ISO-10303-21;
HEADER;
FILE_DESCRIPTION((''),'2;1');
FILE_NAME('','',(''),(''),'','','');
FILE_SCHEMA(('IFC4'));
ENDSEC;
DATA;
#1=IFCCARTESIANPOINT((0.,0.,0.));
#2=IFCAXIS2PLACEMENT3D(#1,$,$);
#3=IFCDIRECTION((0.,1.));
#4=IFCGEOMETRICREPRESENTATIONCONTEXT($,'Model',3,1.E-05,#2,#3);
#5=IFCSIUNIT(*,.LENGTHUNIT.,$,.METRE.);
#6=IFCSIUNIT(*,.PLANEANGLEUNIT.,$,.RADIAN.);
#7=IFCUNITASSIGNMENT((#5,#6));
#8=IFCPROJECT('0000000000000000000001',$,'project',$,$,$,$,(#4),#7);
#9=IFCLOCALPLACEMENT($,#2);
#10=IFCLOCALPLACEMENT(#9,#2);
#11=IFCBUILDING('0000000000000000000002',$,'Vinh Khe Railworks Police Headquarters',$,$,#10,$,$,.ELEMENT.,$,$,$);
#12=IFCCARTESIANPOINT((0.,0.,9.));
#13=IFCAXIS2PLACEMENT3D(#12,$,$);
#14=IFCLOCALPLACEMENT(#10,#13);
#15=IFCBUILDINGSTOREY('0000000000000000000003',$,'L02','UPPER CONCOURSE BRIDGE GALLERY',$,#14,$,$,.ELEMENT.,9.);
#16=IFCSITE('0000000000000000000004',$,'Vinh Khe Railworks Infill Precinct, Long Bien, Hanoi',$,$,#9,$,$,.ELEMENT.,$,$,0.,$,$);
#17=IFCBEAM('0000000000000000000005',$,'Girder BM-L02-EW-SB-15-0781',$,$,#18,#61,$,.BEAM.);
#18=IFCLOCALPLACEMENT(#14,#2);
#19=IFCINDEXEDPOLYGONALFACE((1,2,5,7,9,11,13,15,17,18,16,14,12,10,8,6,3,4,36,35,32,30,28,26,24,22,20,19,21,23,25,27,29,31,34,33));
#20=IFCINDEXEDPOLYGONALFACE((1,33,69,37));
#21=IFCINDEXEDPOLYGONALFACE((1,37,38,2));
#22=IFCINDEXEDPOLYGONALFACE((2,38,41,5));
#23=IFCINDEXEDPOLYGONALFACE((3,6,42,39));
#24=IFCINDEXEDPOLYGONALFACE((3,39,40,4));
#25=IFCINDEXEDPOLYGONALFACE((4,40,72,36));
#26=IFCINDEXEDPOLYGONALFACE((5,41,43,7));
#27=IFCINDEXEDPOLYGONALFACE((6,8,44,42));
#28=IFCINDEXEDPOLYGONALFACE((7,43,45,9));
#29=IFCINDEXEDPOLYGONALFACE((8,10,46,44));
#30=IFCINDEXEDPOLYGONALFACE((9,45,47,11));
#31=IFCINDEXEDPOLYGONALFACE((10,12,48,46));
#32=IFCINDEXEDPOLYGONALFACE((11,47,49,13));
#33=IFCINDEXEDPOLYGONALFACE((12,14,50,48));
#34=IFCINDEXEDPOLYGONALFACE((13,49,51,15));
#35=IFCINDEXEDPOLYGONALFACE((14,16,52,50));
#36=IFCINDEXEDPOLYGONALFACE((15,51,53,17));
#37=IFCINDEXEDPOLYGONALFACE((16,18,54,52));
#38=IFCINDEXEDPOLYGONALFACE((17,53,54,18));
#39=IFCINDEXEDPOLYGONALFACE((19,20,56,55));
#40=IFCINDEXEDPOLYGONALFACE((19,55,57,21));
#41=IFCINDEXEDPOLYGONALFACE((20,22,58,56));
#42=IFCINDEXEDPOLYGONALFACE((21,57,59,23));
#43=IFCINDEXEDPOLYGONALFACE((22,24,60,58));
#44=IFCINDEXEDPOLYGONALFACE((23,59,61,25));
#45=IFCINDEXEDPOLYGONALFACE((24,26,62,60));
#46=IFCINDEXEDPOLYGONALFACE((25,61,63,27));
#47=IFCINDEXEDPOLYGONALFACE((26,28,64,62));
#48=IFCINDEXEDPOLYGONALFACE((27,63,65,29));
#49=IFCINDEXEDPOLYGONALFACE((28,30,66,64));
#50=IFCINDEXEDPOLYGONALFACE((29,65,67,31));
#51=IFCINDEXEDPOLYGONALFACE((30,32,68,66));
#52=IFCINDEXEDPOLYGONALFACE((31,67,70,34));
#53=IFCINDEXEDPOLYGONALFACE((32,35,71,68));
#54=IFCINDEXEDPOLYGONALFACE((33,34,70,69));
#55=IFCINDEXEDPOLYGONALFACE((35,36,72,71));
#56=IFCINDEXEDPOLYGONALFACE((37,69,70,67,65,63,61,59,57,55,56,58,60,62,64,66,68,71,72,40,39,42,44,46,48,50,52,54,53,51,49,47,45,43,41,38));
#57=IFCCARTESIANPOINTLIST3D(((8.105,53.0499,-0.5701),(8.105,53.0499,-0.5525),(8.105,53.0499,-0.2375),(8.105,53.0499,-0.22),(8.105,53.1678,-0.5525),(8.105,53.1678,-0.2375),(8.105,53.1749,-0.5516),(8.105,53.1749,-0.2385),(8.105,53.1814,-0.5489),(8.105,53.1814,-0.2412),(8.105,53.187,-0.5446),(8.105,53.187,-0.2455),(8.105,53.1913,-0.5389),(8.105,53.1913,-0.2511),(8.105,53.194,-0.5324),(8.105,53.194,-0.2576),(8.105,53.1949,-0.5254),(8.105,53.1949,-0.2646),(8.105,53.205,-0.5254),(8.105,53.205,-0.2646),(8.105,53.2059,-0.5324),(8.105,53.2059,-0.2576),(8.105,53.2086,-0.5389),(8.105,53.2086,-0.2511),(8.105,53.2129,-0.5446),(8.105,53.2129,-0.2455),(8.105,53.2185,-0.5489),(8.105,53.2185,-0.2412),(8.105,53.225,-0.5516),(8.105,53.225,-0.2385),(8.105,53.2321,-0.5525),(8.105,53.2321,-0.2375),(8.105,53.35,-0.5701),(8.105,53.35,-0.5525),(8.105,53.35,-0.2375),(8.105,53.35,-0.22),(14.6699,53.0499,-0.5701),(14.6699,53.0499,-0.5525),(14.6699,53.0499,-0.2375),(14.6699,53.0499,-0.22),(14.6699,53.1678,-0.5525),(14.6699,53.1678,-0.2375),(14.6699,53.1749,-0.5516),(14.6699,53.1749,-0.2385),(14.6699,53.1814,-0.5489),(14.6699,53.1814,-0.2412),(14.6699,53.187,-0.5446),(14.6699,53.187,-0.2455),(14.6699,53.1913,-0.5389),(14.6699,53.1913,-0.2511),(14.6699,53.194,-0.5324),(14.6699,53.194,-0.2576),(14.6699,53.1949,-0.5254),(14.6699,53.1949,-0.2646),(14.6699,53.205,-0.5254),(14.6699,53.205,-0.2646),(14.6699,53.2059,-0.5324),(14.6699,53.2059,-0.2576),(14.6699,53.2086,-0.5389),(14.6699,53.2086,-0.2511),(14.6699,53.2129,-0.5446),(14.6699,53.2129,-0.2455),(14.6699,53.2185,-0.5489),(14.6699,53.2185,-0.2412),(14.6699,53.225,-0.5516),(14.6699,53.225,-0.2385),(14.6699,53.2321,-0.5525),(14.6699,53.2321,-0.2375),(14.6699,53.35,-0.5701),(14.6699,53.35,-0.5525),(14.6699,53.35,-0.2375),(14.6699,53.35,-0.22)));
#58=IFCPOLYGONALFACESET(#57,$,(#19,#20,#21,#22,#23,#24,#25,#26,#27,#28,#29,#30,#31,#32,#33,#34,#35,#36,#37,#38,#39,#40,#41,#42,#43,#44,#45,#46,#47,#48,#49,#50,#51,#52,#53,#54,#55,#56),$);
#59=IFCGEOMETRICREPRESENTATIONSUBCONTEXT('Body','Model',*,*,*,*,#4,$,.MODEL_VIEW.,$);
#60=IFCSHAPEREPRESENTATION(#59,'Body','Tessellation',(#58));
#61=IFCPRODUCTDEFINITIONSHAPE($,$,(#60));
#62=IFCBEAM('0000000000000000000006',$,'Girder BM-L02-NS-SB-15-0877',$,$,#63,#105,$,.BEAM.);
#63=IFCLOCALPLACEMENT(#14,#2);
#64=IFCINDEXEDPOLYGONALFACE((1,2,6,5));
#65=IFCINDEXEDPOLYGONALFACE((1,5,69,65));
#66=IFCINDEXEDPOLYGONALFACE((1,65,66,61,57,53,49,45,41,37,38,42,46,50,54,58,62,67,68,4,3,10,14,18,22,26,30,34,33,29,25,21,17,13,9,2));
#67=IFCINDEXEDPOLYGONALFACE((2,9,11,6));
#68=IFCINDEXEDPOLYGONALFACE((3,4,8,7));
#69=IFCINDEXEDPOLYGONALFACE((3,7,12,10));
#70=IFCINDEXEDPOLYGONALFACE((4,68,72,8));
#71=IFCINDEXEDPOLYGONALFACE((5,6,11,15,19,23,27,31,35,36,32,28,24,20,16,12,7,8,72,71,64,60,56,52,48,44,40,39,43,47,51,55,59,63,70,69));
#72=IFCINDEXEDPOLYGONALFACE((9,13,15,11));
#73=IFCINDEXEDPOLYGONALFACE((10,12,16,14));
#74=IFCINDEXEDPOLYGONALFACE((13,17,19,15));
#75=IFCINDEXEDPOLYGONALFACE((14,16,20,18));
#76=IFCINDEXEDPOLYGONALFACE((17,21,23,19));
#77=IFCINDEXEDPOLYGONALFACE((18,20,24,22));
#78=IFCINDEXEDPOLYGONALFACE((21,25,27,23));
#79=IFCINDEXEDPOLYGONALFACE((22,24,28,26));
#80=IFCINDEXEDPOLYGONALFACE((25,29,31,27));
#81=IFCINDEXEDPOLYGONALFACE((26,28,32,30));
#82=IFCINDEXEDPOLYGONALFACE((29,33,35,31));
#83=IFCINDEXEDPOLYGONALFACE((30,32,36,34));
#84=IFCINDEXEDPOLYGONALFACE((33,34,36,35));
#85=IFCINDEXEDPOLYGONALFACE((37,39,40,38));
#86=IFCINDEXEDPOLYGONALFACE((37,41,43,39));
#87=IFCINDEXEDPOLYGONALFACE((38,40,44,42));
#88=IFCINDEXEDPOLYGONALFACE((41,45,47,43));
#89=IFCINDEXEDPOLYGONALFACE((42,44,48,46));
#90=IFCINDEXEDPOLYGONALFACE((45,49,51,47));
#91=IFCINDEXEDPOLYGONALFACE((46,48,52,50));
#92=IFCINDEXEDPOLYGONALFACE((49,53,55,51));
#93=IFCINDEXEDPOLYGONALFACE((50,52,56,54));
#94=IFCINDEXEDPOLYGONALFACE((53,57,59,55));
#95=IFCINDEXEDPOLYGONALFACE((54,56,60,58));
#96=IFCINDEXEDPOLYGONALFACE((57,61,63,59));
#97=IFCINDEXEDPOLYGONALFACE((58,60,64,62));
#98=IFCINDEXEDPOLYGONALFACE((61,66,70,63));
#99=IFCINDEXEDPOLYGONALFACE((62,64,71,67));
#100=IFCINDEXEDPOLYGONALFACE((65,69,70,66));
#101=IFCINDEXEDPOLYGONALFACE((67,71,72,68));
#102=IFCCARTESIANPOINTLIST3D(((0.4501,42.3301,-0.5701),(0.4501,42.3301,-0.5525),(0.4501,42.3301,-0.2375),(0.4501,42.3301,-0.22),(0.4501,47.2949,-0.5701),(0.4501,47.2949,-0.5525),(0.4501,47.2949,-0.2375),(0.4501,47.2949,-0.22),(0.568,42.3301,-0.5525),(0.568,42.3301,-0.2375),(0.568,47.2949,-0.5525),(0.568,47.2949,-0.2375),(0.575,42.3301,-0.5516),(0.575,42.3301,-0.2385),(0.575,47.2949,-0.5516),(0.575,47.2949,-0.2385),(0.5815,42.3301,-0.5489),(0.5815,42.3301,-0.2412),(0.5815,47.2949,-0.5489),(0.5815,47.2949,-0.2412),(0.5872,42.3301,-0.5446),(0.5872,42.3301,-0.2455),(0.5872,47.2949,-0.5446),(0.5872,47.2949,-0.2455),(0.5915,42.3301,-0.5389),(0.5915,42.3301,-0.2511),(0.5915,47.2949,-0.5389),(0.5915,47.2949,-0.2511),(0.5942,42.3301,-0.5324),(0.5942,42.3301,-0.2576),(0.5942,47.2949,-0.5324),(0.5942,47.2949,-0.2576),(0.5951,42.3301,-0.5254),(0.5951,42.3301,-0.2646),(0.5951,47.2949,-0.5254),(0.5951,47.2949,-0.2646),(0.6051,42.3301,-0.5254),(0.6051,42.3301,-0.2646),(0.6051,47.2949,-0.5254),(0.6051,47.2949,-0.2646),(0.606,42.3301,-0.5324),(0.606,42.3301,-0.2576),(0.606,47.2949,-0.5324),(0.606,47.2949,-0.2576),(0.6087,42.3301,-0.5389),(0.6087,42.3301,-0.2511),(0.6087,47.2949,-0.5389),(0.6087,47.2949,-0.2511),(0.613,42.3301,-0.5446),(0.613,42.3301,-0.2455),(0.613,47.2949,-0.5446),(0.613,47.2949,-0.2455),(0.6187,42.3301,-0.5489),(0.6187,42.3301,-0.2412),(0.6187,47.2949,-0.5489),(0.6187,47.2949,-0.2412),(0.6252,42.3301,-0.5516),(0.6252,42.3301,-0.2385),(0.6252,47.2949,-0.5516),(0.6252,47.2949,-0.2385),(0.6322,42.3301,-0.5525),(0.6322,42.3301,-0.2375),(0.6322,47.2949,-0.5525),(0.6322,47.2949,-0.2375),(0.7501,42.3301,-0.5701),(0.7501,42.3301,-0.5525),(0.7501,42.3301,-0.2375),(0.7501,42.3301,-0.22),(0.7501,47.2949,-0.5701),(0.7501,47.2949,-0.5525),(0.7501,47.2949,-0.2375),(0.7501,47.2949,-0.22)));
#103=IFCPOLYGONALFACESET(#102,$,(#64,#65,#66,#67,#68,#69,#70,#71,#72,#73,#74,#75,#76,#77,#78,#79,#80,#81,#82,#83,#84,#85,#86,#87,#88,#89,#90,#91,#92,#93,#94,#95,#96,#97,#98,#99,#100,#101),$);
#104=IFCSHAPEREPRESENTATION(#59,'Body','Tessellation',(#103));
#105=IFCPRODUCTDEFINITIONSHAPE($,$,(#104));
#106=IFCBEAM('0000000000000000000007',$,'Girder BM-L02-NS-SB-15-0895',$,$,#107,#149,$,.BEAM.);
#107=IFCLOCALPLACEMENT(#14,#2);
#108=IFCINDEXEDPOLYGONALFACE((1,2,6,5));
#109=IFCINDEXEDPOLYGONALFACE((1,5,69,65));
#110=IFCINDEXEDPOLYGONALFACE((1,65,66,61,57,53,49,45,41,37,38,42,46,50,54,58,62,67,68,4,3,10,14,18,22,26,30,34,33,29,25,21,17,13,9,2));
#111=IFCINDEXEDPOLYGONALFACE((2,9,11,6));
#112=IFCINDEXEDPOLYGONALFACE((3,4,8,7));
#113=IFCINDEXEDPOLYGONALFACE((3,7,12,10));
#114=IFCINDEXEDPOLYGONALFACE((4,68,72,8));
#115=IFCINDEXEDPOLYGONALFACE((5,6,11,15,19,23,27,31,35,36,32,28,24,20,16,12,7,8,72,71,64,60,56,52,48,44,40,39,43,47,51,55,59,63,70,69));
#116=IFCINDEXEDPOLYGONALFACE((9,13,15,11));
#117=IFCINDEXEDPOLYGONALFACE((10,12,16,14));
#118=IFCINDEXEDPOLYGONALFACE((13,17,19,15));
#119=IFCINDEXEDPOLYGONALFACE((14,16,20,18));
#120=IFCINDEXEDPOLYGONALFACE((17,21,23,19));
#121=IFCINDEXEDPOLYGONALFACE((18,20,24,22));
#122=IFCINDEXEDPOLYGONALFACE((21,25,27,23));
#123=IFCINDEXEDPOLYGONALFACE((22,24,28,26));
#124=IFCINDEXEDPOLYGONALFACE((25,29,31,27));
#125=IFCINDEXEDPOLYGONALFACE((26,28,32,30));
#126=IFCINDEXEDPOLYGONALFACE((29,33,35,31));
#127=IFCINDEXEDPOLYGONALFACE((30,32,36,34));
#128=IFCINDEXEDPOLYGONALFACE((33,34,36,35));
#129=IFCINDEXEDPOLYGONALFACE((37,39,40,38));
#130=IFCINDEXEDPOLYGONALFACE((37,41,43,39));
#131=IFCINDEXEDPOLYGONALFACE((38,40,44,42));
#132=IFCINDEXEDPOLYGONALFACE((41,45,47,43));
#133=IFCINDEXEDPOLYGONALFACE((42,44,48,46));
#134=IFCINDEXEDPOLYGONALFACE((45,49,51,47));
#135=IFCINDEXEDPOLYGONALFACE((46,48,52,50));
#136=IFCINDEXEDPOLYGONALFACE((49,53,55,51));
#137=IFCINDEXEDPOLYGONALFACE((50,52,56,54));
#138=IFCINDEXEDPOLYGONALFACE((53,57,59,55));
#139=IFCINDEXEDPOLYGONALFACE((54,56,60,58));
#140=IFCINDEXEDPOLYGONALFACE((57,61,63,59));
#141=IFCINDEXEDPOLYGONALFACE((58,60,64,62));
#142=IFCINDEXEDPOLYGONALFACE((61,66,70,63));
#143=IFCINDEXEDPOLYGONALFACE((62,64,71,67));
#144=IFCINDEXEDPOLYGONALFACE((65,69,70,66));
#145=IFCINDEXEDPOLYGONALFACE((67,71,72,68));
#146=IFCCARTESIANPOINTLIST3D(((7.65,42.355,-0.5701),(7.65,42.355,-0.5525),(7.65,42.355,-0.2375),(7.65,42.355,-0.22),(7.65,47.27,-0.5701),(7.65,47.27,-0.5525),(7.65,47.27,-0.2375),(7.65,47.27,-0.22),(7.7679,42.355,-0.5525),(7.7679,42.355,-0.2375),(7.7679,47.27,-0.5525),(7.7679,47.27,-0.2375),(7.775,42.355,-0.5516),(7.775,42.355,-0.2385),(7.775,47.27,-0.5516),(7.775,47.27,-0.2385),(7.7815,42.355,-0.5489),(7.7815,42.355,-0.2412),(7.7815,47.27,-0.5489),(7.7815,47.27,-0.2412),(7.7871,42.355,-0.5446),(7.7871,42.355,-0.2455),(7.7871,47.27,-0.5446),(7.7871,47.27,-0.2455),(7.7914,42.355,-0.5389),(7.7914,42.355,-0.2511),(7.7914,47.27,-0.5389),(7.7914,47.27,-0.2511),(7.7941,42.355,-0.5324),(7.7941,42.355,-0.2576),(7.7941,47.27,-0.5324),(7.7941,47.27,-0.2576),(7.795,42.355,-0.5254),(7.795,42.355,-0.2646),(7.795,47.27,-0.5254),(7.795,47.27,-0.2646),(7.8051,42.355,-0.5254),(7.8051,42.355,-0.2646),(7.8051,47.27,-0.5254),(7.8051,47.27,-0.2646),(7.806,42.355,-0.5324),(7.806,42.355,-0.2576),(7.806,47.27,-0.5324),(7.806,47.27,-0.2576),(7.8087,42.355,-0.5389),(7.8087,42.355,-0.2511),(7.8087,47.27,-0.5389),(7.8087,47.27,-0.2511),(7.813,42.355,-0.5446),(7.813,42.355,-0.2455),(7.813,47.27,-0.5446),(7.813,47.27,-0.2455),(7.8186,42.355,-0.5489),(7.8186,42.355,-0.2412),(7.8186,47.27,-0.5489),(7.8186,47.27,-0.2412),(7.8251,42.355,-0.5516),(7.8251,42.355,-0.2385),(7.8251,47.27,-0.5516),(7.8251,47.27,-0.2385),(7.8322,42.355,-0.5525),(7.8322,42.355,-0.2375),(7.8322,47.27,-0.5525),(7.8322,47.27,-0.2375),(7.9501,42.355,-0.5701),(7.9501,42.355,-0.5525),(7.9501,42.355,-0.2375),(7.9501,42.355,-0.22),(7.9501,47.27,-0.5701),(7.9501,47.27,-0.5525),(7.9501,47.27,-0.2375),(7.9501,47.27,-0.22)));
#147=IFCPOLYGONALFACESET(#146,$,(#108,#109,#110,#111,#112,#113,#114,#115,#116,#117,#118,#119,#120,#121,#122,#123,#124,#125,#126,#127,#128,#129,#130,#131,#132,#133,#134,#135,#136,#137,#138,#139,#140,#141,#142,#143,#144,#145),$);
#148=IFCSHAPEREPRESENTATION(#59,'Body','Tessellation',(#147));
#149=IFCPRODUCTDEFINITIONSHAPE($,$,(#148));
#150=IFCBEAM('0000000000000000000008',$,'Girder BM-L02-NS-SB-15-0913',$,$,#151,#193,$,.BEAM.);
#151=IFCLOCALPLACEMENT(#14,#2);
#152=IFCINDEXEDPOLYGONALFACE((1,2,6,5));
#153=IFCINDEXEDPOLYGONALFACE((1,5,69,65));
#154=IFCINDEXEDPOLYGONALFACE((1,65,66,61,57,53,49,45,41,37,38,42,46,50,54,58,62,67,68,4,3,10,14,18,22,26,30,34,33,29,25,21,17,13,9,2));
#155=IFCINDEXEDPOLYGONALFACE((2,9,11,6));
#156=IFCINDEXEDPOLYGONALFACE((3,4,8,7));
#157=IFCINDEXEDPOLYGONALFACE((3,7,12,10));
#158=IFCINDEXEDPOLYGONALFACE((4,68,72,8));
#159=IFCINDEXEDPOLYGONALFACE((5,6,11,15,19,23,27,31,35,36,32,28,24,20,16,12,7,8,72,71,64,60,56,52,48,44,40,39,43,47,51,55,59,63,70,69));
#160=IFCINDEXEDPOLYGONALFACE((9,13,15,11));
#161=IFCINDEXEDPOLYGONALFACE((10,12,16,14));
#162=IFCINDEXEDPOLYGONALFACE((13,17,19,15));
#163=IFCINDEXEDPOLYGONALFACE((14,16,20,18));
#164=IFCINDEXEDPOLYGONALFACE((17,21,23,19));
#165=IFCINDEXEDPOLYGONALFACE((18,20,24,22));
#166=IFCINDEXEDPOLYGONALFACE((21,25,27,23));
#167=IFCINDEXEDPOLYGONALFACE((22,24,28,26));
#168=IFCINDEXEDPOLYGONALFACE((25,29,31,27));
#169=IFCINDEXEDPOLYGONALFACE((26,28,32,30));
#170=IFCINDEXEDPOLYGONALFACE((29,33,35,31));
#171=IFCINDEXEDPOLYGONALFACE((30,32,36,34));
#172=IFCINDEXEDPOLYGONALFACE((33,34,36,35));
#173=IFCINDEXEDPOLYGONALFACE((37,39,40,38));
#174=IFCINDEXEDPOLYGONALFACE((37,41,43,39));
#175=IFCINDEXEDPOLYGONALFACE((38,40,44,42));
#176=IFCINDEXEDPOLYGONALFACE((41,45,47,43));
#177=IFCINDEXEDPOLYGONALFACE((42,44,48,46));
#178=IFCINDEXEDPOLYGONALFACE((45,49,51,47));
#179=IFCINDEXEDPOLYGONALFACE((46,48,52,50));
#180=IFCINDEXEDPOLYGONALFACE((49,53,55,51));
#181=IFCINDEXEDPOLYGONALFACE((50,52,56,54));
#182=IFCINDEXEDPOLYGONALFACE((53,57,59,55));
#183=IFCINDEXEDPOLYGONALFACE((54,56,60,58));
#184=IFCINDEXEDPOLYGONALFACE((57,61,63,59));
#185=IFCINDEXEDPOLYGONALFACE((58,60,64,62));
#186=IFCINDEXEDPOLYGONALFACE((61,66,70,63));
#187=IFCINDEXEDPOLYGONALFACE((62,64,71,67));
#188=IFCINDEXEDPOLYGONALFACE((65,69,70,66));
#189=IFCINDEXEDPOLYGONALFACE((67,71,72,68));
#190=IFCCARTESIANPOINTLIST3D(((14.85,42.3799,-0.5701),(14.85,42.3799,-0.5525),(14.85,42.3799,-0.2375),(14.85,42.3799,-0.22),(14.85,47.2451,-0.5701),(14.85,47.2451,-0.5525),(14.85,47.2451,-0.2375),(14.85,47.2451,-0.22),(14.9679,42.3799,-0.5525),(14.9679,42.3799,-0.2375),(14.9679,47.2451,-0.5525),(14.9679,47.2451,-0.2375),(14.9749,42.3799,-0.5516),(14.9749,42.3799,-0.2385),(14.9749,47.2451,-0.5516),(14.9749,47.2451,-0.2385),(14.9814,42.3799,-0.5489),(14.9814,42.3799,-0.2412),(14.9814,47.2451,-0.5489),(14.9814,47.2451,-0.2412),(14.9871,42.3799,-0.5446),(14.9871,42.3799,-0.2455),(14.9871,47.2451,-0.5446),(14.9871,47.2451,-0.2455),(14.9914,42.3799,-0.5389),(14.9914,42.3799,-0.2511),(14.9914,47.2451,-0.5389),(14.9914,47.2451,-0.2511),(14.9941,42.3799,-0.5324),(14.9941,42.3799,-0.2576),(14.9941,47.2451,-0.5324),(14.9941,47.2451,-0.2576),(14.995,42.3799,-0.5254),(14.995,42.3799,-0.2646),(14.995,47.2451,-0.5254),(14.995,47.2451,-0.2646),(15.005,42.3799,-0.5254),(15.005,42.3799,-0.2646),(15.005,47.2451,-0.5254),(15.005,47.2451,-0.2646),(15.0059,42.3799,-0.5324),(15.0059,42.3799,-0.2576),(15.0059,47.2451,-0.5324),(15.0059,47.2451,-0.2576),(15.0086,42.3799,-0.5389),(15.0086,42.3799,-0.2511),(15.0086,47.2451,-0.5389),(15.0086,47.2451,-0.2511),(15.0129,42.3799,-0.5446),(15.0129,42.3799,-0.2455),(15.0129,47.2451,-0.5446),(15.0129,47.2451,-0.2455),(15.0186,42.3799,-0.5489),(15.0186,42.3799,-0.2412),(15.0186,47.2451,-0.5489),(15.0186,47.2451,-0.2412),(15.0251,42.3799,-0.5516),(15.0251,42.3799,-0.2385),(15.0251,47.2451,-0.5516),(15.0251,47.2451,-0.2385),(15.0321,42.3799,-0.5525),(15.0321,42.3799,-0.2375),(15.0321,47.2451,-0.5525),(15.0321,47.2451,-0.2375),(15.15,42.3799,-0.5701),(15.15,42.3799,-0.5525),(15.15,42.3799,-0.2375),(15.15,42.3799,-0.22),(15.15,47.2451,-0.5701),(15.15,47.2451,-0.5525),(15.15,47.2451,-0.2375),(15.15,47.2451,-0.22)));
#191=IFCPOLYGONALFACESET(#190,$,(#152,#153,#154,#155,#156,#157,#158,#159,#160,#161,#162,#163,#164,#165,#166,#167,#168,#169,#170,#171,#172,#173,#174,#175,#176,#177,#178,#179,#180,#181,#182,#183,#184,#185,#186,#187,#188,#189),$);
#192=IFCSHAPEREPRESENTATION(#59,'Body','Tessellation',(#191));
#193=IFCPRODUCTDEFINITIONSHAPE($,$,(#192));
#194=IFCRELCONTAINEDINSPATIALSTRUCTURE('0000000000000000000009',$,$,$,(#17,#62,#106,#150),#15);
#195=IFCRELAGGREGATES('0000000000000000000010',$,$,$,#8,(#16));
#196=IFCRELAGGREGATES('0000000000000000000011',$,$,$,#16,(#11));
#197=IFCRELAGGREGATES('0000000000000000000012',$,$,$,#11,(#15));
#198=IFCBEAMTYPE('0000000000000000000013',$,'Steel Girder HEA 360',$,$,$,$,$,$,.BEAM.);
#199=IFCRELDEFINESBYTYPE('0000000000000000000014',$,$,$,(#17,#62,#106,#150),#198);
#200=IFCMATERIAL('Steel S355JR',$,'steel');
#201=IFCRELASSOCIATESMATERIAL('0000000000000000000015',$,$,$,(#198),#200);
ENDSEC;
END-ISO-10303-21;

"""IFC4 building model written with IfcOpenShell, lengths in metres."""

from ifc_helpers import new_model, si_unit, direction, frame, origin, origin_2d, place, context, subcontext, project, spatial, i_section, extrude, material, material_profile, profile_set, type_object, element, save


model = new_model("IFC4")

# Units and contexts
model_context = context("Model", 3, precision=1e-05, world=origin(), true_north=direction((0.0, 1.0)))
body_context = subcontext(model_context, "Body", "Model", "MODEL_VIEW")
ifc_project = project(units=[si_unit("LENGTHUNIT", "METRE"), si_unit("PLANEANGLEUNIT", "RADIAN")], contexts=[model_context])

# Site, building, storey
site_placement = place(None, origin())
site = spatial("IfcSite", under=ifc_project, at=site_placement, Name="Vinh Khe Railworks Infill Precinct, Long Bien, Hanoi", CompositionType="ELEMENT", RefElevation=0.0)
building_placement = place(site_placement, origin())
building = spatial("IfcBuilding", under=site, at=building_placement, Name="Vinh Khe Railworks Police Headquarters", CompositionType="ELEMENT")
storey_placement = place(building_placement, frame((0.0, 0.0, 9.0)))
storey = spatial("IfcBuildingStorey", under=building, at=storey_placement, Name="L02", Description="UPPER CONCOURSE BRIDGE GALLERY", CompositionType="ELEMENT", Elevation=9.0)

# Shared definitions
ifc_material_1 = material(Name="Steel S355JR", Category="steel")

# Beams
ifc_material_profile_1 = material_profile(ifc_material_1, i_section(OverallWidth=0.3, OverallDepth=0.3501, WebThickness=0.01, FlangeThickness=0.0176, FilletRadius=0.0271, at=origin_2d()), Name="HEA 360")
ifc_profile_set_1 = profile_set([ifc_material_profile_1], Name="Steel S355JR")
beam_type_1 = type_object("IfcBeamType", Name="Steel Girder HEA 360", PredefinedType="BEAM", material=ifc_profile_set_1)
beam_1_placement = place(storey_placement, frame((8.105, 53.2, -0.395), z_axis=(1.0, 0.0, 0.0), x_axis=(0.0, 1.0, 0.0)))
element("IfcBeam", 1, at=beam_1_placement, inside=storey, type_object=beam_type_1, Name="Girder BM-L02-EW-SB-15-0781", PredefinedType="BEAM", context=body_context, shape_type="SweptSolid", body=[
    extrude(i_section(OverallWidth=0.3, OverallDepth=0.3501, WebThickness=0.01, FlangeThickness=0.0176, FilletRadius=0.0271, at=origin_2d()), origin(), (0.0, 0.0, 1.0), 6.5649),
])
beam_2_placement = place(storey_placement, frame((0.6001, 42.3301, -0.395), z_axis=(0.0, 1.0, 0.0), x_axis=(-1.0, 0.0, 0.0)))
element("IfcBeam", 2, at=beam_2_placement, inside=storey, type_object=beam_type_1, Name="Girder BM-L02-NS-SB-15-0877", PredefinedType="BEAM", context=body_context, shape_type="SweptSolid", body=[
    extrude(i_section(OverallWidth=0.3, OverallDepth=0.3501, WebThickness=0.01, FlangeThickness=0.0176, FilletRadius=0.0271, at=origin_2d()), origin(), (0.0, 0.0, 1.0), 4.9648),
])
beam_3_placement = place(storey_placement, frame((7.8, 42.355, -0.395), z_axis=(0.0, 1.0, 0.0), x_axis=(-1.0, 0.0, 0.0)))
element("IfcBeam", 3, at=beam_3_placement, inside=storey, type_object=beam_type_1, Name="Girder BM-L02-NS-SB-15-0895", PredefinedType="BEAM", context=body_context, shape_type="SweptSolid", body=[
    extrude(i_section(OverallWidth=0.3, OverallDepth=0.3501, WebThickness=0.01, FlangeThickness=0.0176, FilletRadius=0.0271, at=origin_2d()), origin(), (0.0, 0.0, 1.0), 4.915),
])
beam_4_placement = place(storey_placement, frame((15.0, 42.3799, -0.395), z_axis=(0.0, 1.0, 0.0), x_axis=(-1.0, 0.0, 0.0)))
element("IfcBeam", 4, at=beam_4_placement, inside=storey, type_object=beam_type_1, Name="Girder BM-L02-NS-SB-15-0913", PredefinedType="BEAM", context=body_context, shape_type="SweptSolid", body=[
    extrude(i_section(OverallWidth=0.3, OverallDepth=0.3501, WebThickness=0.01, FlangeThickness=0.0176, FilletRadius=0.0271, at=origin_2d()), origin(), (0.0, 0.0, 1.0), 4.8652),
])

save(model, "model.ifc")
